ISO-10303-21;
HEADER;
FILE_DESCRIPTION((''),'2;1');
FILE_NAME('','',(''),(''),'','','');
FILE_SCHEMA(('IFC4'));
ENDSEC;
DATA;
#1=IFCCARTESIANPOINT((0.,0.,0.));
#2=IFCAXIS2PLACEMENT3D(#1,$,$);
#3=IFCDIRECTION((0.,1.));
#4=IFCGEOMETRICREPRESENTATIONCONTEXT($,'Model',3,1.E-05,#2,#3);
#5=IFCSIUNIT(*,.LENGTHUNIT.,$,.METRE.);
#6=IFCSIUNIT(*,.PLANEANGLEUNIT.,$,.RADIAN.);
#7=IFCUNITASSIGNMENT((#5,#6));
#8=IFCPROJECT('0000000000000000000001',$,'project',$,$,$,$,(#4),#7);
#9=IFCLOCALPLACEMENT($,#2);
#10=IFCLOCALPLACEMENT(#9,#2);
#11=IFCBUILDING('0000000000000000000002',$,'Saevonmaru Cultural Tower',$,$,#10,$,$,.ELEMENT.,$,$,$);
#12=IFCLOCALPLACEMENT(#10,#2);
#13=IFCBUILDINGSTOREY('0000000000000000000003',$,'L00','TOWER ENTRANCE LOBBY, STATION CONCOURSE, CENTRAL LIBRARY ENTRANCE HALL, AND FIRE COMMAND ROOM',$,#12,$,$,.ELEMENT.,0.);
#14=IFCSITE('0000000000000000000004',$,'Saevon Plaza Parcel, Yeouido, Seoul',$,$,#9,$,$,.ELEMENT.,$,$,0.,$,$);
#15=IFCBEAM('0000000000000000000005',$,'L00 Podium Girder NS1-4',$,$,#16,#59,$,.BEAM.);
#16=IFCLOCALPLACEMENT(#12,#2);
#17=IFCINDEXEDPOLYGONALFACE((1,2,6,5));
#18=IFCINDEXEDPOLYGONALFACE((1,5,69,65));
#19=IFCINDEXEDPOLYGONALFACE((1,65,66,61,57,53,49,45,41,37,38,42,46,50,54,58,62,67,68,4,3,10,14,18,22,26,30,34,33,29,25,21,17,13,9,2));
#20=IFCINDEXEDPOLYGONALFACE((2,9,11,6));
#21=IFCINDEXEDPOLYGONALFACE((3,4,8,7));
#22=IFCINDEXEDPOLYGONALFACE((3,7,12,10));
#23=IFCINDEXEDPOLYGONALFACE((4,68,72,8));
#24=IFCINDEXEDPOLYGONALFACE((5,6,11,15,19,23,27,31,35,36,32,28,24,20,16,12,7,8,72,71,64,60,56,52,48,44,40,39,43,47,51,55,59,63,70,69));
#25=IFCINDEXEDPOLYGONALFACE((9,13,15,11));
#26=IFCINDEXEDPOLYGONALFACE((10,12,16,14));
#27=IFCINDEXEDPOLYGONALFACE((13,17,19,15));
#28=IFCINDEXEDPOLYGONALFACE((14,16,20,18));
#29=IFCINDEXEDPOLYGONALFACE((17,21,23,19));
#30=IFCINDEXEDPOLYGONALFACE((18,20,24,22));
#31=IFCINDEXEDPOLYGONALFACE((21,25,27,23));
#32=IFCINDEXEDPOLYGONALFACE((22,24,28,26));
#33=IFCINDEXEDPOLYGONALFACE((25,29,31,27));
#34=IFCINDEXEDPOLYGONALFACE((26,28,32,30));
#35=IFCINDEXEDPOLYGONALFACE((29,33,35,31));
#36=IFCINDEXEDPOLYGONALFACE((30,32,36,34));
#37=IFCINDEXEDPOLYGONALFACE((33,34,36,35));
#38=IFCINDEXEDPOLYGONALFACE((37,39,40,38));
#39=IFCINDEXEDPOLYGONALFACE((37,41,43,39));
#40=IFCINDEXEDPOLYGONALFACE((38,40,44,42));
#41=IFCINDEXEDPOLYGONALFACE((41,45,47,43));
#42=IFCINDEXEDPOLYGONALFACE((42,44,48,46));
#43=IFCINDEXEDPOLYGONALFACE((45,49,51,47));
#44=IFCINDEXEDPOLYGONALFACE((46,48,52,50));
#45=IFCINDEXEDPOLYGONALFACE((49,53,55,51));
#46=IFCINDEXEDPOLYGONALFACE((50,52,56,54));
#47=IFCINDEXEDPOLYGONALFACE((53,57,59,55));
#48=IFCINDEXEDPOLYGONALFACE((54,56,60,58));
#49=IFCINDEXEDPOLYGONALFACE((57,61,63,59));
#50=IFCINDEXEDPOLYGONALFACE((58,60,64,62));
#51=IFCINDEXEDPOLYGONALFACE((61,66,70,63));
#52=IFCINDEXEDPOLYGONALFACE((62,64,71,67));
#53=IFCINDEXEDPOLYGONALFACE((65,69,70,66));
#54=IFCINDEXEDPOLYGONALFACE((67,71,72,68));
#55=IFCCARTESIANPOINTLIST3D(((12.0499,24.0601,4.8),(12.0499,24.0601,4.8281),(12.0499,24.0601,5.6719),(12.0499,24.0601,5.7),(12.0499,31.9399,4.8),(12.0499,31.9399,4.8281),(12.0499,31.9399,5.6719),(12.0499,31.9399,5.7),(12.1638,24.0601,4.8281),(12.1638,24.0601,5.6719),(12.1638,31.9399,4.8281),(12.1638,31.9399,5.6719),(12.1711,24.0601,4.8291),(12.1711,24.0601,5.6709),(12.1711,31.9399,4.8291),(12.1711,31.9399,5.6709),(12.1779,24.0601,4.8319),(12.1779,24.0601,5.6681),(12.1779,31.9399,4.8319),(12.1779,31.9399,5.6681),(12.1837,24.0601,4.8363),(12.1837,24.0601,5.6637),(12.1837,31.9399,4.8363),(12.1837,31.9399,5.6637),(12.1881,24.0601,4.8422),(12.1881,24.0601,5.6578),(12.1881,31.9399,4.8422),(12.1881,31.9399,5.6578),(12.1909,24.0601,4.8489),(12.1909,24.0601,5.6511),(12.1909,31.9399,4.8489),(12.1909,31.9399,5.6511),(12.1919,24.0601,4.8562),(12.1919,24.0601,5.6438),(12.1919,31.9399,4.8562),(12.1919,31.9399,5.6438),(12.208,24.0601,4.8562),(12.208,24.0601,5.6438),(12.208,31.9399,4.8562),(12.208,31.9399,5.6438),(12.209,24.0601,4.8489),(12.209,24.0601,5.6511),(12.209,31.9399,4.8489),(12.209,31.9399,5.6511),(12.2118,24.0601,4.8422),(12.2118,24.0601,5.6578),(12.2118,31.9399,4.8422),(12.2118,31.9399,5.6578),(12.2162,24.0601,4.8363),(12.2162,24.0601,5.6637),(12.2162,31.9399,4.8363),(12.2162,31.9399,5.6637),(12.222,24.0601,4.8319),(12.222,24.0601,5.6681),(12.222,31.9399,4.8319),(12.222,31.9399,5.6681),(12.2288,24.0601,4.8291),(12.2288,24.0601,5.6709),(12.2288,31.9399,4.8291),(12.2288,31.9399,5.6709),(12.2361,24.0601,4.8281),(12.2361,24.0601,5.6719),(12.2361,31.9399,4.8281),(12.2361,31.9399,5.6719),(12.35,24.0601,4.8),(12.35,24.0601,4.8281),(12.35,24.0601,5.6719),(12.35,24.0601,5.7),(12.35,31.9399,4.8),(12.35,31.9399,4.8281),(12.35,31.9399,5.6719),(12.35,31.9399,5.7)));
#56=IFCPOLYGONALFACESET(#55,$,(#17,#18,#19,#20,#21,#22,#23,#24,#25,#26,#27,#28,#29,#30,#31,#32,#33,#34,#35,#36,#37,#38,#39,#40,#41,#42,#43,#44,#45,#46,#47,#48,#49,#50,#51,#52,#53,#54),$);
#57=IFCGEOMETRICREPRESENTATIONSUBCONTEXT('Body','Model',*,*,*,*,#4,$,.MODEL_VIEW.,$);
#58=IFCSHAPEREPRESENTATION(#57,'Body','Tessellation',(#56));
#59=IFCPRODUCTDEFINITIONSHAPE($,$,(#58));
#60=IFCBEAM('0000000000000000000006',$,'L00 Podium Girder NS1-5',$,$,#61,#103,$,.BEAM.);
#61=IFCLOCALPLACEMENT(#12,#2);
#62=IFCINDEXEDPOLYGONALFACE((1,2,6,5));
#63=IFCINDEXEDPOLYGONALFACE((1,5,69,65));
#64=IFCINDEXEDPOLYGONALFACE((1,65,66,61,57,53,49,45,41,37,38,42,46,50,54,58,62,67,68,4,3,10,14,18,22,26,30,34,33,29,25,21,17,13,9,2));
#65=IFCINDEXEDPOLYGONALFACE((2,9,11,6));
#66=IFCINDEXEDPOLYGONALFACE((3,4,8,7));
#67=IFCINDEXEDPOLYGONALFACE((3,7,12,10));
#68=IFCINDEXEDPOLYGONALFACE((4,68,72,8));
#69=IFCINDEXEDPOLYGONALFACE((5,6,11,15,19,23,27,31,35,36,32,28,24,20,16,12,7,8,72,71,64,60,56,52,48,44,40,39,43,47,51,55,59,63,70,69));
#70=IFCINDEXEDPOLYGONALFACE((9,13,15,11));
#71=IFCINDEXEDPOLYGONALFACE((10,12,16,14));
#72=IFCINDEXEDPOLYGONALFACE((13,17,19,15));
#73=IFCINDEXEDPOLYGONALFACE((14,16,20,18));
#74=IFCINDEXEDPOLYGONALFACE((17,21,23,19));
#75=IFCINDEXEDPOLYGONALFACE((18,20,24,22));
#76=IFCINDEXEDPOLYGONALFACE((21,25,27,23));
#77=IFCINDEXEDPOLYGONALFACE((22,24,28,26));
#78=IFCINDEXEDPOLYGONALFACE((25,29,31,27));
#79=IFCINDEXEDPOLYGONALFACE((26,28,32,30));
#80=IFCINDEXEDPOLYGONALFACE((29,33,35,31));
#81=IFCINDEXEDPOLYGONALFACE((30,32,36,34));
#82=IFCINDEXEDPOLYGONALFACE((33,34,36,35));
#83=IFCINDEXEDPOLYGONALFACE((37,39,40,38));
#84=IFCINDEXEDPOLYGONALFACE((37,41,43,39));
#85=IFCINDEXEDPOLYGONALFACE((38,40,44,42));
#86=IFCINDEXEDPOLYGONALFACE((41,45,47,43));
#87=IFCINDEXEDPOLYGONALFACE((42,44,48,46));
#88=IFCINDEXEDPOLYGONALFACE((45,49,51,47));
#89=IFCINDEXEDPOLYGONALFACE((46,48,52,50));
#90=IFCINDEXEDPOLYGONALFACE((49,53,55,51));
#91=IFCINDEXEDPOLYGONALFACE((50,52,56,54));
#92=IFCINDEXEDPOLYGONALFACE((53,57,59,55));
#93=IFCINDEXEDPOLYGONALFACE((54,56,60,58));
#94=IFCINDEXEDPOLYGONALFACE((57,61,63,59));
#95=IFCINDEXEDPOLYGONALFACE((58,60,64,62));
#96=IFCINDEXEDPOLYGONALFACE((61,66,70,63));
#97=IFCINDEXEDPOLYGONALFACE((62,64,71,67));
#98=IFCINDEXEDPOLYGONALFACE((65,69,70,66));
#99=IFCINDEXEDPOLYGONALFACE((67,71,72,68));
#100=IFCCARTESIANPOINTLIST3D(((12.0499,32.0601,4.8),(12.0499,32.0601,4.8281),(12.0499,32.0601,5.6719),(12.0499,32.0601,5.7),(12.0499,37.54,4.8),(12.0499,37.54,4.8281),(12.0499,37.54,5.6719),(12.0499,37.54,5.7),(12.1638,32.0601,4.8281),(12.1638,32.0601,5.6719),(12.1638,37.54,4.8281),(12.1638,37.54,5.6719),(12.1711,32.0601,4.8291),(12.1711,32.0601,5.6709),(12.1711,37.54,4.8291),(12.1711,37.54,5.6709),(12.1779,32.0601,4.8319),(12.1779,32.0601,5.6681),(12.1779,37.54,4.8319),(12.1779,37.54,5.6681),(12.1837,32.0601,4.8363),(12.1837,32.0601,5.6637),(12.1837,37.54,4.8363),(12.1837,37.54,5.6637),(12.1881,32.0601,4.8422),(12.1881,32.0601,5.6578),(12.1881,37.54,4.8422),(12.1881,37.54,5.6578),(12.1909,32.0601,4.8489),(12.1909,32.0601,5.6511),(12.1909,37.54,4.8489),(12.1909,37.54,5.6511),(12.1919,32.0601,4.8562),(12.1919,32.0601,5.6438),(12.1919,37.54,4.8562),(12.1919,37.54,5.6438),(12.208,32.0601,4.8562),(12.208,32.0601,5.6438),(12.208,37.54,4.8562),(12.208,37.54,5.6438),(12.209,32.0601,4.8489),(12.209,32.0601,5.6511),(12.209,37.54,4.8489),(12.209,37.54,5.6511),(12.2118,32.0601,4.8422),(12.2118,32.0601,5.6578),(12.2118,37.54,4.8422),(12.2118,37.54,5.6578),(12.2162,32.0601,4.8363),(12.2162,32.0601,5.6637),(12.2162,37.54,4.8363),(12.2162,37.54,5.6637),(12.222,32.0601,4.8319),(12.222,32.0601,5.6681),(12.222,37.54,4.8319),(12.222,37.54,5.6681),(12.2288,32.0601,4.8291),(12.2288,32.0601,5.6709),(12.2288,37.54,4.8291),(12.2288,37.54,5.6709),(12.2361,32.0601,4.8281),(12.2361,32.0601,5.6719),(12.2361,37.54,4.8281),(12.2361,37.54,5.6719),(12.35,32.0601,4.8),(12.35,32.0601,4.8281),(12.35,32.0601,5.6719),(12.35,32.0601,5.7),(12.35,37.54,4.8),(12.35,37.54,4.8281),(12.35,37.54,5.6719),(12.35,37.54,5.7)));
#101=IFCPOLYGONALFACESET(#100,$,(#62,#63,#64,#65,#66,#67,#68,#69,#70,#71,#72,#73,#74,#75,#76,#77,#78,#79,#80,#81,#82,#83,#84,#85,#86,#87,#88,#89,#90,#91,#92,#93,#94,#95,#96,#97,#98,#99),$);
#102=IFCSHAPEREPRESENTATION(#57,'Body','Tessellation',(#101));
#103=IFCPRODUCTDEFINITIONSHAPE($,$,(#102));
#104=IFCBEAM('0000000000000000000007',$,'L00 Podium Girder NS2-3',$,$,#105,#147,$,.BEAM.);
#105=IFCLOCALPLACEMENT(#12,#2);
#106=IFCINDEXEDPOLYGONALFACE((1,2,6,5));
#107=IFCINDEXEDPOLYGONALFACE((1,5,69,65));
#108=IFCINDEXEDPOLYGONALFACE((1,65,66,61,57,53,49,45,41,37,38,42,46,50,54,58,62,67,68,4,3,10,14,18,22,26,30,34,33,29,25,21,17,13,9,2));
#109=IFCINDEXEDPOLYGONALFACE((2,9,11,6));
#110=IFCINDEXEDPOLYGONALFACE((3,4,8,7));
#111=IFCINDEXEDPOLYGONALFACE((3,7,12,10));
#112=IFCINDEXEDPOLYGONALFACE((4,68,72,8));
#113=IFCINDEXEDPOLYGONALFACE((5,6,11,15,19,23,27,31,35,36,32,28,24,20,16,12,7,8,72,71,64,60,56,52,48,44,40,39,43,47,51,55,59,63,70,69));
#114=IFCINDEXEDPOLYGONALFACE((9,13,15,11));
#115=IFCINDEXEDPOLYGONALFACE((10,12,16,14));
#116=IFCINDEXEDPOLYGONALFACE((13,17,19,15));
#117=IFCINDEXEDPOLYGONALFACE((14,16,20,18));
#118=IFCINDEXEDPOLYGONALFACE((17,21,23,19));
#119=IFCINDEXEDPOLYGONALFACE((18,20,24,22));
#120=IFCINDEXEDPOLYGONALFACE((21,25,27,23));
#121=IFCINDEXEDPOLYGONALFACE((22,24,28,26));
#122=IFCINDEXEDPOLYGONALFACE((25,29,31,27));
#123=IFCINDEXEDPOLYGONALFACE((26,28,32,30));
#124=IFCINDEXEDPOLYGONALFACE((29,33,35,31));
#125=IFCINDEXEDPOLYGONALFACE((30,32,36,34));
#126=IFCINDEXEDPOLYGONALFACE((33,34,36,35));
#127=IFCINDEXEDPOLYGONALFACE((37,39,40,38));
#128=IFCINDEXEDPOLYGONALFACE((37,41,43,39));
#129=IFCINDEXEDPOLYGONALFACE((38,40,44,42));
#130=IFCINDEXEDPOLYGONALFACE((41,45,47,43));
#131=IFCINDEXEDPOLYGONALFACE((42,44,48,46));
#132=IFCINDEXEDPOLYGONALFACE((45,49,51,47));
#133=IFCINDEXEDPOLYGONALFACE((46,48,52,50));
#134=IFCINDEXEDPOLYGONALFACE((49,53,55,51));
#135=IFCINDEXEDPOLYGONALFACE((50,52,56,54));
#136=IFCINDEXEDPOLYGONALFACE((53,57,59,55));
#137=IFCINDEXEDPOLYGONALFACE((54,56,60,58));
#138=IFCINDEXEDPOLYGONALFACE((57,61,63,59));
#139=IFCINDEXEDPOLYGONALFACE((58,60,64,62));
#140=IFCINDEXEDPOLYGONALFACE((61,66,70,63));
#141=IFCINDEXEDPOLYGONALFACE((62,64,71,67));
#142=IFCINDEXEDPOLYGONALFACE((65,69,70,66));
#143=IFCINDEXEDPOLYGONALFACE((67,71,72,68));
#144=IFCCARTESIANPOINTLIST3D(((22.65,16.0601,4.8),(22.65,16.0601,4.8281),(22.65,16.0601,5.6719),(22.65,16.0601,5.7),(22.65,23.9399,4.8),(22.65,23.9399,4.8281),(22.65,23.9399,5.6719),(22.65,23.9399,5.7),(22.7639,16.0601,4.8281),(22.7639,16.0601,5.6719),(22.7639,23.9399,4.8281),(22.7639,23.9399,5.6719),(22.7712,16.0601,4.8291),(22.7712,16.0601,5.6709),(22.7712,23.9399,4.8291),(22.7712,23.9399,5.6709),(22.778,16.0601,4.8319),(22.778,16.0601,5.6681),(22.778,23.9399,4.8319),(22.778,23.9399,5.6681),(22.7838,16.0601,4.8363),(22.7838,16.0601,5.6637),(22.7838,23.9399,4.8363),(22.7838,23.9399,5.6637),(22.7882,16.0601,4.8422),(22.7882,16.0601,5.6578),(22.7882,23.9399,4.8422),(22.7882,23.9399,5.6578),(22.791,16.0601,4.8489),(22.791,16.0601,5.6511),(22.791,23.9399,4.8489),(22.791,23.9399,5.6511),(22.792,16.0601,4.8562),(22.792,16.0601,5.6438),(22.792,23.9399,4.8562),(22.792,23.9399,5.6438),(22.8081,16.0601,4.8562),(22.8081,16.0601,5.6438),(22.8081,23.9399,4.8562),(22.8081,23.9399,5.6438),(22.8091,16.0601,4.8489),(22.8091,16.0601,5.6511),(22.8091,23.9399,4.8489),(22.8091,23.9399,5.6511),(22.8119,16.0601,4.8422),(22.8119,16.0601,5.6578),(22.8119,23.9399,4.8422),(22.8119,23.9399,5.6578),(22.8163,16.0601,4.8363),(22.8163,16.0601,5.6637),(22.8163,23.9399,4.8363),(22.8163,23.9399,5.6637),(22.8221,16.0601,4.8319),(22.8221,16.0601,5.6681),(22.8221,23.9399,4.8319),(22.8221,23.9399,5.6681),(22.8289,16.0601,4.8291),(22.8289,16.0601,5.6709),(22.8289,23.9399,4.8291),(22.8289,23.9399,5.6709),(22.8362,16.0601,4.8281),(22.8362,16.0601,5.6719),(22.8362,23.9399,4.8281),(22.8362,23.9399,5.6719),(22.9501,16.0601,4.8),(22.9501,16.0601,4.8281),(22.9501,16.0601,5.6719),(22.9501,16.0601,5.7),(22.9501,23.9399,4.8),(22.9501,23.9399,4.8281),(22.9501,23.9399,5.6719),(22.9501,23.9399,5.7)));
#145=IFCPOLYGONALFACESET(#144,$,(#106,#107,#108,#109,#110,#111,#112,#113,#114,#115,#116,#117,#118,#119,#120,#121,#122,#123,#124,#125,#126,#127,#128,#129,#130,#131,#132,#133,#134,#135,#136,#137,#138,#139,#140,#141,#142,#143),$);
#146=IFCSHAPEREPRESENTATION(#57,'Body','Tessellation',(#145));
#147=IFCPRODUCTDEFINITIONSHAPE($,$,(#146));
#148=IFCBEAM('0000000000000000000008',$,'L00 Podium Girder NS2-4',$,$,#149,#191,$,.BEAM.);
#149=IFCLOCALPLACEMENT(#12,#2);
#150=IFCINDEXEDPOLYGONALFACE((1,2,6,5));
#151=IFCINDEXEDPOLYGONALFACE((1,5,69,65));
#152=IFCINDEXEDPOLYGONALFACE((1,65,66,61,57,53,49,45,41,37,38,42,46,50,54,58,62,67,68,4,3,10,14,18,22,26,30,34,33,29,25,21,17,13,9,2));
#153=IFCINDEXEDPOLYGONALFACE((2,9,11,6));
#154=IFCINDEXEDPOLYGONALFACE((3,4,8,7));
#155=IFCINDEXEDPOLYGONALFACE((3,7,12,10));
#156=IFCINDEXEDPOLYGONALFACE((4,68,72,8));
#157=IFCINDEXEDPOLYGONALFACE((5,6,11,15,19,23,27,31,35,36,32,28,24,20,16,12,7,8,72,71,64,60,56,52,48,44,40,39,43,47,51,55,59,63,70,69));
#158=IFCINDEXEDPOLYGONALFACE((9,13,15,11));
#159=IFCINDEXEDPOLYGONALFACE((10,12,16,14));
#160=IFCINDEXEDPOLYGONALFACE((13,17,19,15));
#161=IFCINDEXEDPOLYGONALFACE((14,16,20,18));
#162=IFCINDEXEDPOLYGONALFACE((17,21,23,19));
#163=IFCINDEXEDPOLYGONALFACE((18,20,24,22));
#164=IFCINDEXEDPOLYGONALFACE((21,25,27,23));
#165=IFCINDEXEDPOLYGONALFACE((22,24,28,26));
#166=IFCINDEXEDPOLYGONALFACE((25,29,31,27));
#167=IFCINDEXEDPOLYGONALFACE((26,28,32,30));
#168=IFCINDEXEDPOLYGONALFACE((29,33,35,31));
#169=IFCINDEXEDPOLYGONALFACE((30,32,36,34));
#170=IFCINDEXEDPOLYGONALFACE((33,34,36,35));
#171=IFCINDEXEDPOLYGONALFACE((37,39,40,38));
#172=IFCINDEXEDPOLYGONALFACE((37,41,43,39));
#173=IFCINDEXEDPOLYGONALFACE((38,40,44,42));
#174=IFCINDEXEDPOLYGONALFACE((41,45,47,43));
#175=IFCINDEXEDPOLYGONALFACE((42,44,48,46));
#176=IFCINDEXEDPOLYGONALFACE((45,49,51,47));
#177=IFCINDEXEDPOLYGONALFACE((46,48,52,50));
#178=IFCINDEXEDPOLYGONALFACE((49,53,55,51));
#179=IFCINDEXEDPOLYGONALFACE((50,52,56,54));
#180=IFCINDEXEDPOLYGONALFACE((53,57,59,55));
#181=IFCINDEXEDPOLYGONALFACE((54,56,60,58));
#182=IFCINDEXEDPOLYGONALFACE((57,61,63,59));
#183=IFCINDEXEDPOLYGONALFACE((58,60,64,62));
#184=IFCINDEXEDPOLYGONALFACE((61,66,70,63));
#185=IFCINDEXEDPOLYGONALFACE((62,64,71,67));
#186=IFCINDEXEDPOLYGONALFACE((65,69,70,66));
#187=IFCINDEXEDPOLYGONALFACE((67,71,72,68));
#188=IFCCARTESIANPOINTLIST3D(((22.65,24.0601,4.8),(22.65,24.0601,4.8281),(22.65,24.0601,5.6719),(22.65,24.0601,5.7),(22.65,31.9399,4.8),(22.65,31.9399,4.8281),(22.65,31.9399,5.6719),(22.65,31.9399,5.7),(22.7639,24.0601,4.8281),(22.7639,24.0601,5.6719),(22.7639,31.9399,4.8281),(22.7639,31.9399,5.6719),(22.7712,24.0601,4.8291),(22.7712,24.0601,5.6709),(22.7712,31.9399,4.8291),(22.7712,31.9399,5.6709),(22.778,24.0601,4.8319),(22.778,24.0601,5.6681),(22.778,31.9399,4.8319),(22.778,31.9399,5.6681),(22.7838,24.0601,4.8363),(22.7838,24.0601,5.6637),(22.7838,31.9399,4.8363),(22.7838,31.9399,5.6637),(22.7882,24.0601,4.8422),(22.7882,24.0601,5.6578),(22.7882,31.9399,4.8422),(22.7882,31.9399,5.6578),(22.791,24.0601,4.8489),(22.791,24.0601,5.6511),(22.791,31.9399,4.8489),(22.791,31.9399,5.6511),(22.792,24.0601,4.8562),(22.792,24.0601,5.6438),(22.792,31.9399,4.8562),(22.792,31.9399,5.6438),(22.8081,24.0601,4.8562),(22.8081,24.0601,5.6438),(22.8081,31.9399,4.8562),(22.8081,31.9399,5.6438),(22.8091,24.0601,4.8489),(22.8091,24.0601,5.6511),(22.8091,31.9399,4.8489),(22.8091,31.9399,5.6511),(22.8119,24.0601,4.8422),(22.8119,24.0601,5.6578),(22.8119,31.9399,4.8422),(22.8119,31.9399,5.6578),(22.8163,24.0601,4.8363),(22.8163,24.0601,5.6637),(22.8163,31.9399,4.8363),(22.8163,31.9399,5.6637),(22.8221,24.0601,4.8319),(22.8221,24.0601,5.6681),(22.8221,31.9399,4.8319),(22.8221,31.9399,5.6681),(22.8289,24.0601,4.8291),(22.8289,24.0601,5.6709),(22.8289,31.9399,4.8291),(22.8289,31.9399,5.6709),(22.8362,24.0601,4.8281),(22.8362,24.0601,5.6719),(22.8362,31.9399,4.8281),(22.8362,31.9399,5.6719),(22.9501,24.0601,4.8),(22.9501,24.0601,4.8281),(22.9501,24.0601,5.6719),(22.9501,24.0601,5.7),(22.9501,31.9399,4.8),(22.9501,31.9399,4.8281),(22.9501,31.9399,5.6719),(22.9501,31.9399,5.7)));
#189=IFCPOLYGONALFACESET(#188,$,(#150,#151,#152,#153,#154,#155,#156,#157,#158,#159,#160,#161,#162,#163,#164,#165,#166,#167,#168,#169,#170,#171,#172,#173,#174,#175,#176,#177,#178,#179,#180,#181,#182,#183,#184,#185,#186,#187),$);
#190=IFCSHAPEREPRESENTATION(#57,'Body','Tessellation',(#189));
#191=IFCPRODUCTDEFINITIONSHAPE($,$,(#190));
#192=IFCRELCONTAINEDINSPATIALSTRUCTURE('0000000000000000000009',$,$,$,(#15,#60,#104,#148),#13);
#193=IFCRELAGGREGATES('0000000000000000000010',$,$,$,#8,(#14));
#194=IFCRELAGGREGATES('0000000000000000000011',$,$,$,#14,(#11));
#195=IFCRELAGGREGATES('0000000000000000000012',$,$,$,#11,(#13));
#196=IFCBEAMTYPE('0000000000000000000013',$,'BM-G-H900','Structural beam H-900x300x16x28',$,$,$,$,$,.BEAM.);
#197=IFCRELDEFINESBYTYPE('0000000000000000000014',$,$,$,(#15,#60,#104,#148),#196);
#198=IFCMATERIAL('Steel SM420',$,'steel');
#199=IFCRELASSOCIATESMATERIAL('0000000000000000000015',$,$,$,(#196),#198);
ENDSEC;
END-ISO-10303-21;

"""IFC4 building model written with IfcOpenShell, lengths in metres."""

from ifc_helpers import new_model, si_unit, direction, frame, origin, origin_2d, place, context, subcontext, project, spatial, i_section, extrude, material, material_profile, profile_set, type_object, element, save


model = new_model("IFC4")

# Units and contexts
model_context = context("Model", 3, precision=1e-05, world=origin(), true_north=direction((0.0, 1.0)))
body_context = subcontext(model_context, "Body", "Model", "MODEL_VIEW")
ifc_project = project(units=[si_unit("LENGTHUNIT", "METRE"), si_unit("PLANEANGLEUNIT", "RADIAN")], contexts=[model_context])

# Site, building, storey
site_placement = place(None, origin())
site = spatial("IfcSite", under=ifc_project, at=site_placement, Name="Saevon Plaza Parcel, Yeouido, Seoul", CompositionType="ELEMENT", RefElevation=0.0)
building_placement = place(site_placement, origin())
building = spatial("IfcBuilding", under=site, at=building_placement, Name="Saevonmaru Cultural Tower", CompositionType="ELEMENT")
storey_placement = place(building_placement, origin())
storey = spatial("IfcBuildingStorey", under=building, at=storey_placement, Name="L00", Description="TOWER ENTRANCE LOBBY, STATION CONCOURSE, CENTRAL LIBRARY ENTRANCE HALL, AND FIRE COMMAND ROOM", CompositionType="ELEMENT", Elevation=0.0)

# Shared definitions
ifc_material_1 = material(Name="Steel SM420", Category="steel")

# Beams
ifc_material_profile_1 = material_profile(ifc_material_1, i_section(OverallWidth=0.3, OverallDepth=0.8999, WebThickness=0.0161, FlangeThickness=0.0281, FilletRadius=0.0281, at=origin_2d()), Name="H-900x300x16x28")
ifc_profile_set_1 = profile_set([ifc_material_profile_1], Name="Steel SM420")
beam_type_1 = type_object("IfcBeamType", Name="BM-G-H900", Description="Structural beam H-900x300x16x28", PredefinedType="BEAM", material=ifc_profile_set_1)
for number, where, z_axis, x_axis, name in (
    (1, (12.2, 24.0601, 5.25), (0.0, 1.0, 0.0), (-1.0, 0.0, 0.0), "L00 Podium Girder NS1-4"),
):
    element("IfcBeam", number, at=place(storey_placement, frame(where, z_axis=z_axis, x_axis=x_axis)), inside=storey, type_object=beam_type_1, Name=name, PredefinedType="BEAM", context=body_context, shape_type="SweptSolid", body=[
        extrude(i_section(OverallWidth=0.3, OverallDepth=0.8999, WebThickness=0.0161, FlangeThickness=0.0281, FilletRadius=0.0281, at=origin_2d()), origin(), (0.0, 0.0, 1.0), 7.8799),
    ])
beam_1_placement = place(storey_placement, frame((12.2, 32.0601, 5.25), z_axis=(0.0, 1.0, 0.0), x_axis=(-1.0, 0.0, 0.0)))
element("IfcBeam", 2, at=beam_1_placement, inside=storey, type_object=beam_type_1, Name="L00 Podium Girder NS1-5", PredefinedType="BEAM", context=body_context, shape_type="SweptSolid", body=[
    extrude(i_section(OverallWidth=0.3, OverallDepth=0.8999, WebThickness=0.0161, FlangeThickness=0.0281, FilletRadius=0.0281, at=origin_2d()), origin(), (0.0, 0.0, 1.0), 5.48),
])
for number, where, z_axis, x_axis, name in (
    (3, (22.8, 16.0601, 5.25), (0.0, 1.0, 0.0), (-1.0, 0.0, 0.0), "L00 Podium Girder NS2-3"),
    (4, (22.8, 24.0601, 5.25), (0.0, 1.0, 0.0), (-1.0, 0.0, 0.0), "L00 Podium Girder NS2-4"),
):
    element("IfcBeam", number, at=place(storey_placement, frame(where, z_axis=z_axis, x_axis=x_axis)), inside=storey, type_object=beam_type_1, Name=name, PredefinedType="BEAM", context=body_context, shape_type="SweptSolid", body=[
        extrude(i_section(OverallWidth=0.3, OverallDepth=0.8999, WebThickness=0.0161, FlangeThickness=0.0281, FilletRadius=0.0281, at=origin_2d()), origin(), (0.0, 0.0, 1.0), 7.8799),
    ])

save(model, "model.ifc")
